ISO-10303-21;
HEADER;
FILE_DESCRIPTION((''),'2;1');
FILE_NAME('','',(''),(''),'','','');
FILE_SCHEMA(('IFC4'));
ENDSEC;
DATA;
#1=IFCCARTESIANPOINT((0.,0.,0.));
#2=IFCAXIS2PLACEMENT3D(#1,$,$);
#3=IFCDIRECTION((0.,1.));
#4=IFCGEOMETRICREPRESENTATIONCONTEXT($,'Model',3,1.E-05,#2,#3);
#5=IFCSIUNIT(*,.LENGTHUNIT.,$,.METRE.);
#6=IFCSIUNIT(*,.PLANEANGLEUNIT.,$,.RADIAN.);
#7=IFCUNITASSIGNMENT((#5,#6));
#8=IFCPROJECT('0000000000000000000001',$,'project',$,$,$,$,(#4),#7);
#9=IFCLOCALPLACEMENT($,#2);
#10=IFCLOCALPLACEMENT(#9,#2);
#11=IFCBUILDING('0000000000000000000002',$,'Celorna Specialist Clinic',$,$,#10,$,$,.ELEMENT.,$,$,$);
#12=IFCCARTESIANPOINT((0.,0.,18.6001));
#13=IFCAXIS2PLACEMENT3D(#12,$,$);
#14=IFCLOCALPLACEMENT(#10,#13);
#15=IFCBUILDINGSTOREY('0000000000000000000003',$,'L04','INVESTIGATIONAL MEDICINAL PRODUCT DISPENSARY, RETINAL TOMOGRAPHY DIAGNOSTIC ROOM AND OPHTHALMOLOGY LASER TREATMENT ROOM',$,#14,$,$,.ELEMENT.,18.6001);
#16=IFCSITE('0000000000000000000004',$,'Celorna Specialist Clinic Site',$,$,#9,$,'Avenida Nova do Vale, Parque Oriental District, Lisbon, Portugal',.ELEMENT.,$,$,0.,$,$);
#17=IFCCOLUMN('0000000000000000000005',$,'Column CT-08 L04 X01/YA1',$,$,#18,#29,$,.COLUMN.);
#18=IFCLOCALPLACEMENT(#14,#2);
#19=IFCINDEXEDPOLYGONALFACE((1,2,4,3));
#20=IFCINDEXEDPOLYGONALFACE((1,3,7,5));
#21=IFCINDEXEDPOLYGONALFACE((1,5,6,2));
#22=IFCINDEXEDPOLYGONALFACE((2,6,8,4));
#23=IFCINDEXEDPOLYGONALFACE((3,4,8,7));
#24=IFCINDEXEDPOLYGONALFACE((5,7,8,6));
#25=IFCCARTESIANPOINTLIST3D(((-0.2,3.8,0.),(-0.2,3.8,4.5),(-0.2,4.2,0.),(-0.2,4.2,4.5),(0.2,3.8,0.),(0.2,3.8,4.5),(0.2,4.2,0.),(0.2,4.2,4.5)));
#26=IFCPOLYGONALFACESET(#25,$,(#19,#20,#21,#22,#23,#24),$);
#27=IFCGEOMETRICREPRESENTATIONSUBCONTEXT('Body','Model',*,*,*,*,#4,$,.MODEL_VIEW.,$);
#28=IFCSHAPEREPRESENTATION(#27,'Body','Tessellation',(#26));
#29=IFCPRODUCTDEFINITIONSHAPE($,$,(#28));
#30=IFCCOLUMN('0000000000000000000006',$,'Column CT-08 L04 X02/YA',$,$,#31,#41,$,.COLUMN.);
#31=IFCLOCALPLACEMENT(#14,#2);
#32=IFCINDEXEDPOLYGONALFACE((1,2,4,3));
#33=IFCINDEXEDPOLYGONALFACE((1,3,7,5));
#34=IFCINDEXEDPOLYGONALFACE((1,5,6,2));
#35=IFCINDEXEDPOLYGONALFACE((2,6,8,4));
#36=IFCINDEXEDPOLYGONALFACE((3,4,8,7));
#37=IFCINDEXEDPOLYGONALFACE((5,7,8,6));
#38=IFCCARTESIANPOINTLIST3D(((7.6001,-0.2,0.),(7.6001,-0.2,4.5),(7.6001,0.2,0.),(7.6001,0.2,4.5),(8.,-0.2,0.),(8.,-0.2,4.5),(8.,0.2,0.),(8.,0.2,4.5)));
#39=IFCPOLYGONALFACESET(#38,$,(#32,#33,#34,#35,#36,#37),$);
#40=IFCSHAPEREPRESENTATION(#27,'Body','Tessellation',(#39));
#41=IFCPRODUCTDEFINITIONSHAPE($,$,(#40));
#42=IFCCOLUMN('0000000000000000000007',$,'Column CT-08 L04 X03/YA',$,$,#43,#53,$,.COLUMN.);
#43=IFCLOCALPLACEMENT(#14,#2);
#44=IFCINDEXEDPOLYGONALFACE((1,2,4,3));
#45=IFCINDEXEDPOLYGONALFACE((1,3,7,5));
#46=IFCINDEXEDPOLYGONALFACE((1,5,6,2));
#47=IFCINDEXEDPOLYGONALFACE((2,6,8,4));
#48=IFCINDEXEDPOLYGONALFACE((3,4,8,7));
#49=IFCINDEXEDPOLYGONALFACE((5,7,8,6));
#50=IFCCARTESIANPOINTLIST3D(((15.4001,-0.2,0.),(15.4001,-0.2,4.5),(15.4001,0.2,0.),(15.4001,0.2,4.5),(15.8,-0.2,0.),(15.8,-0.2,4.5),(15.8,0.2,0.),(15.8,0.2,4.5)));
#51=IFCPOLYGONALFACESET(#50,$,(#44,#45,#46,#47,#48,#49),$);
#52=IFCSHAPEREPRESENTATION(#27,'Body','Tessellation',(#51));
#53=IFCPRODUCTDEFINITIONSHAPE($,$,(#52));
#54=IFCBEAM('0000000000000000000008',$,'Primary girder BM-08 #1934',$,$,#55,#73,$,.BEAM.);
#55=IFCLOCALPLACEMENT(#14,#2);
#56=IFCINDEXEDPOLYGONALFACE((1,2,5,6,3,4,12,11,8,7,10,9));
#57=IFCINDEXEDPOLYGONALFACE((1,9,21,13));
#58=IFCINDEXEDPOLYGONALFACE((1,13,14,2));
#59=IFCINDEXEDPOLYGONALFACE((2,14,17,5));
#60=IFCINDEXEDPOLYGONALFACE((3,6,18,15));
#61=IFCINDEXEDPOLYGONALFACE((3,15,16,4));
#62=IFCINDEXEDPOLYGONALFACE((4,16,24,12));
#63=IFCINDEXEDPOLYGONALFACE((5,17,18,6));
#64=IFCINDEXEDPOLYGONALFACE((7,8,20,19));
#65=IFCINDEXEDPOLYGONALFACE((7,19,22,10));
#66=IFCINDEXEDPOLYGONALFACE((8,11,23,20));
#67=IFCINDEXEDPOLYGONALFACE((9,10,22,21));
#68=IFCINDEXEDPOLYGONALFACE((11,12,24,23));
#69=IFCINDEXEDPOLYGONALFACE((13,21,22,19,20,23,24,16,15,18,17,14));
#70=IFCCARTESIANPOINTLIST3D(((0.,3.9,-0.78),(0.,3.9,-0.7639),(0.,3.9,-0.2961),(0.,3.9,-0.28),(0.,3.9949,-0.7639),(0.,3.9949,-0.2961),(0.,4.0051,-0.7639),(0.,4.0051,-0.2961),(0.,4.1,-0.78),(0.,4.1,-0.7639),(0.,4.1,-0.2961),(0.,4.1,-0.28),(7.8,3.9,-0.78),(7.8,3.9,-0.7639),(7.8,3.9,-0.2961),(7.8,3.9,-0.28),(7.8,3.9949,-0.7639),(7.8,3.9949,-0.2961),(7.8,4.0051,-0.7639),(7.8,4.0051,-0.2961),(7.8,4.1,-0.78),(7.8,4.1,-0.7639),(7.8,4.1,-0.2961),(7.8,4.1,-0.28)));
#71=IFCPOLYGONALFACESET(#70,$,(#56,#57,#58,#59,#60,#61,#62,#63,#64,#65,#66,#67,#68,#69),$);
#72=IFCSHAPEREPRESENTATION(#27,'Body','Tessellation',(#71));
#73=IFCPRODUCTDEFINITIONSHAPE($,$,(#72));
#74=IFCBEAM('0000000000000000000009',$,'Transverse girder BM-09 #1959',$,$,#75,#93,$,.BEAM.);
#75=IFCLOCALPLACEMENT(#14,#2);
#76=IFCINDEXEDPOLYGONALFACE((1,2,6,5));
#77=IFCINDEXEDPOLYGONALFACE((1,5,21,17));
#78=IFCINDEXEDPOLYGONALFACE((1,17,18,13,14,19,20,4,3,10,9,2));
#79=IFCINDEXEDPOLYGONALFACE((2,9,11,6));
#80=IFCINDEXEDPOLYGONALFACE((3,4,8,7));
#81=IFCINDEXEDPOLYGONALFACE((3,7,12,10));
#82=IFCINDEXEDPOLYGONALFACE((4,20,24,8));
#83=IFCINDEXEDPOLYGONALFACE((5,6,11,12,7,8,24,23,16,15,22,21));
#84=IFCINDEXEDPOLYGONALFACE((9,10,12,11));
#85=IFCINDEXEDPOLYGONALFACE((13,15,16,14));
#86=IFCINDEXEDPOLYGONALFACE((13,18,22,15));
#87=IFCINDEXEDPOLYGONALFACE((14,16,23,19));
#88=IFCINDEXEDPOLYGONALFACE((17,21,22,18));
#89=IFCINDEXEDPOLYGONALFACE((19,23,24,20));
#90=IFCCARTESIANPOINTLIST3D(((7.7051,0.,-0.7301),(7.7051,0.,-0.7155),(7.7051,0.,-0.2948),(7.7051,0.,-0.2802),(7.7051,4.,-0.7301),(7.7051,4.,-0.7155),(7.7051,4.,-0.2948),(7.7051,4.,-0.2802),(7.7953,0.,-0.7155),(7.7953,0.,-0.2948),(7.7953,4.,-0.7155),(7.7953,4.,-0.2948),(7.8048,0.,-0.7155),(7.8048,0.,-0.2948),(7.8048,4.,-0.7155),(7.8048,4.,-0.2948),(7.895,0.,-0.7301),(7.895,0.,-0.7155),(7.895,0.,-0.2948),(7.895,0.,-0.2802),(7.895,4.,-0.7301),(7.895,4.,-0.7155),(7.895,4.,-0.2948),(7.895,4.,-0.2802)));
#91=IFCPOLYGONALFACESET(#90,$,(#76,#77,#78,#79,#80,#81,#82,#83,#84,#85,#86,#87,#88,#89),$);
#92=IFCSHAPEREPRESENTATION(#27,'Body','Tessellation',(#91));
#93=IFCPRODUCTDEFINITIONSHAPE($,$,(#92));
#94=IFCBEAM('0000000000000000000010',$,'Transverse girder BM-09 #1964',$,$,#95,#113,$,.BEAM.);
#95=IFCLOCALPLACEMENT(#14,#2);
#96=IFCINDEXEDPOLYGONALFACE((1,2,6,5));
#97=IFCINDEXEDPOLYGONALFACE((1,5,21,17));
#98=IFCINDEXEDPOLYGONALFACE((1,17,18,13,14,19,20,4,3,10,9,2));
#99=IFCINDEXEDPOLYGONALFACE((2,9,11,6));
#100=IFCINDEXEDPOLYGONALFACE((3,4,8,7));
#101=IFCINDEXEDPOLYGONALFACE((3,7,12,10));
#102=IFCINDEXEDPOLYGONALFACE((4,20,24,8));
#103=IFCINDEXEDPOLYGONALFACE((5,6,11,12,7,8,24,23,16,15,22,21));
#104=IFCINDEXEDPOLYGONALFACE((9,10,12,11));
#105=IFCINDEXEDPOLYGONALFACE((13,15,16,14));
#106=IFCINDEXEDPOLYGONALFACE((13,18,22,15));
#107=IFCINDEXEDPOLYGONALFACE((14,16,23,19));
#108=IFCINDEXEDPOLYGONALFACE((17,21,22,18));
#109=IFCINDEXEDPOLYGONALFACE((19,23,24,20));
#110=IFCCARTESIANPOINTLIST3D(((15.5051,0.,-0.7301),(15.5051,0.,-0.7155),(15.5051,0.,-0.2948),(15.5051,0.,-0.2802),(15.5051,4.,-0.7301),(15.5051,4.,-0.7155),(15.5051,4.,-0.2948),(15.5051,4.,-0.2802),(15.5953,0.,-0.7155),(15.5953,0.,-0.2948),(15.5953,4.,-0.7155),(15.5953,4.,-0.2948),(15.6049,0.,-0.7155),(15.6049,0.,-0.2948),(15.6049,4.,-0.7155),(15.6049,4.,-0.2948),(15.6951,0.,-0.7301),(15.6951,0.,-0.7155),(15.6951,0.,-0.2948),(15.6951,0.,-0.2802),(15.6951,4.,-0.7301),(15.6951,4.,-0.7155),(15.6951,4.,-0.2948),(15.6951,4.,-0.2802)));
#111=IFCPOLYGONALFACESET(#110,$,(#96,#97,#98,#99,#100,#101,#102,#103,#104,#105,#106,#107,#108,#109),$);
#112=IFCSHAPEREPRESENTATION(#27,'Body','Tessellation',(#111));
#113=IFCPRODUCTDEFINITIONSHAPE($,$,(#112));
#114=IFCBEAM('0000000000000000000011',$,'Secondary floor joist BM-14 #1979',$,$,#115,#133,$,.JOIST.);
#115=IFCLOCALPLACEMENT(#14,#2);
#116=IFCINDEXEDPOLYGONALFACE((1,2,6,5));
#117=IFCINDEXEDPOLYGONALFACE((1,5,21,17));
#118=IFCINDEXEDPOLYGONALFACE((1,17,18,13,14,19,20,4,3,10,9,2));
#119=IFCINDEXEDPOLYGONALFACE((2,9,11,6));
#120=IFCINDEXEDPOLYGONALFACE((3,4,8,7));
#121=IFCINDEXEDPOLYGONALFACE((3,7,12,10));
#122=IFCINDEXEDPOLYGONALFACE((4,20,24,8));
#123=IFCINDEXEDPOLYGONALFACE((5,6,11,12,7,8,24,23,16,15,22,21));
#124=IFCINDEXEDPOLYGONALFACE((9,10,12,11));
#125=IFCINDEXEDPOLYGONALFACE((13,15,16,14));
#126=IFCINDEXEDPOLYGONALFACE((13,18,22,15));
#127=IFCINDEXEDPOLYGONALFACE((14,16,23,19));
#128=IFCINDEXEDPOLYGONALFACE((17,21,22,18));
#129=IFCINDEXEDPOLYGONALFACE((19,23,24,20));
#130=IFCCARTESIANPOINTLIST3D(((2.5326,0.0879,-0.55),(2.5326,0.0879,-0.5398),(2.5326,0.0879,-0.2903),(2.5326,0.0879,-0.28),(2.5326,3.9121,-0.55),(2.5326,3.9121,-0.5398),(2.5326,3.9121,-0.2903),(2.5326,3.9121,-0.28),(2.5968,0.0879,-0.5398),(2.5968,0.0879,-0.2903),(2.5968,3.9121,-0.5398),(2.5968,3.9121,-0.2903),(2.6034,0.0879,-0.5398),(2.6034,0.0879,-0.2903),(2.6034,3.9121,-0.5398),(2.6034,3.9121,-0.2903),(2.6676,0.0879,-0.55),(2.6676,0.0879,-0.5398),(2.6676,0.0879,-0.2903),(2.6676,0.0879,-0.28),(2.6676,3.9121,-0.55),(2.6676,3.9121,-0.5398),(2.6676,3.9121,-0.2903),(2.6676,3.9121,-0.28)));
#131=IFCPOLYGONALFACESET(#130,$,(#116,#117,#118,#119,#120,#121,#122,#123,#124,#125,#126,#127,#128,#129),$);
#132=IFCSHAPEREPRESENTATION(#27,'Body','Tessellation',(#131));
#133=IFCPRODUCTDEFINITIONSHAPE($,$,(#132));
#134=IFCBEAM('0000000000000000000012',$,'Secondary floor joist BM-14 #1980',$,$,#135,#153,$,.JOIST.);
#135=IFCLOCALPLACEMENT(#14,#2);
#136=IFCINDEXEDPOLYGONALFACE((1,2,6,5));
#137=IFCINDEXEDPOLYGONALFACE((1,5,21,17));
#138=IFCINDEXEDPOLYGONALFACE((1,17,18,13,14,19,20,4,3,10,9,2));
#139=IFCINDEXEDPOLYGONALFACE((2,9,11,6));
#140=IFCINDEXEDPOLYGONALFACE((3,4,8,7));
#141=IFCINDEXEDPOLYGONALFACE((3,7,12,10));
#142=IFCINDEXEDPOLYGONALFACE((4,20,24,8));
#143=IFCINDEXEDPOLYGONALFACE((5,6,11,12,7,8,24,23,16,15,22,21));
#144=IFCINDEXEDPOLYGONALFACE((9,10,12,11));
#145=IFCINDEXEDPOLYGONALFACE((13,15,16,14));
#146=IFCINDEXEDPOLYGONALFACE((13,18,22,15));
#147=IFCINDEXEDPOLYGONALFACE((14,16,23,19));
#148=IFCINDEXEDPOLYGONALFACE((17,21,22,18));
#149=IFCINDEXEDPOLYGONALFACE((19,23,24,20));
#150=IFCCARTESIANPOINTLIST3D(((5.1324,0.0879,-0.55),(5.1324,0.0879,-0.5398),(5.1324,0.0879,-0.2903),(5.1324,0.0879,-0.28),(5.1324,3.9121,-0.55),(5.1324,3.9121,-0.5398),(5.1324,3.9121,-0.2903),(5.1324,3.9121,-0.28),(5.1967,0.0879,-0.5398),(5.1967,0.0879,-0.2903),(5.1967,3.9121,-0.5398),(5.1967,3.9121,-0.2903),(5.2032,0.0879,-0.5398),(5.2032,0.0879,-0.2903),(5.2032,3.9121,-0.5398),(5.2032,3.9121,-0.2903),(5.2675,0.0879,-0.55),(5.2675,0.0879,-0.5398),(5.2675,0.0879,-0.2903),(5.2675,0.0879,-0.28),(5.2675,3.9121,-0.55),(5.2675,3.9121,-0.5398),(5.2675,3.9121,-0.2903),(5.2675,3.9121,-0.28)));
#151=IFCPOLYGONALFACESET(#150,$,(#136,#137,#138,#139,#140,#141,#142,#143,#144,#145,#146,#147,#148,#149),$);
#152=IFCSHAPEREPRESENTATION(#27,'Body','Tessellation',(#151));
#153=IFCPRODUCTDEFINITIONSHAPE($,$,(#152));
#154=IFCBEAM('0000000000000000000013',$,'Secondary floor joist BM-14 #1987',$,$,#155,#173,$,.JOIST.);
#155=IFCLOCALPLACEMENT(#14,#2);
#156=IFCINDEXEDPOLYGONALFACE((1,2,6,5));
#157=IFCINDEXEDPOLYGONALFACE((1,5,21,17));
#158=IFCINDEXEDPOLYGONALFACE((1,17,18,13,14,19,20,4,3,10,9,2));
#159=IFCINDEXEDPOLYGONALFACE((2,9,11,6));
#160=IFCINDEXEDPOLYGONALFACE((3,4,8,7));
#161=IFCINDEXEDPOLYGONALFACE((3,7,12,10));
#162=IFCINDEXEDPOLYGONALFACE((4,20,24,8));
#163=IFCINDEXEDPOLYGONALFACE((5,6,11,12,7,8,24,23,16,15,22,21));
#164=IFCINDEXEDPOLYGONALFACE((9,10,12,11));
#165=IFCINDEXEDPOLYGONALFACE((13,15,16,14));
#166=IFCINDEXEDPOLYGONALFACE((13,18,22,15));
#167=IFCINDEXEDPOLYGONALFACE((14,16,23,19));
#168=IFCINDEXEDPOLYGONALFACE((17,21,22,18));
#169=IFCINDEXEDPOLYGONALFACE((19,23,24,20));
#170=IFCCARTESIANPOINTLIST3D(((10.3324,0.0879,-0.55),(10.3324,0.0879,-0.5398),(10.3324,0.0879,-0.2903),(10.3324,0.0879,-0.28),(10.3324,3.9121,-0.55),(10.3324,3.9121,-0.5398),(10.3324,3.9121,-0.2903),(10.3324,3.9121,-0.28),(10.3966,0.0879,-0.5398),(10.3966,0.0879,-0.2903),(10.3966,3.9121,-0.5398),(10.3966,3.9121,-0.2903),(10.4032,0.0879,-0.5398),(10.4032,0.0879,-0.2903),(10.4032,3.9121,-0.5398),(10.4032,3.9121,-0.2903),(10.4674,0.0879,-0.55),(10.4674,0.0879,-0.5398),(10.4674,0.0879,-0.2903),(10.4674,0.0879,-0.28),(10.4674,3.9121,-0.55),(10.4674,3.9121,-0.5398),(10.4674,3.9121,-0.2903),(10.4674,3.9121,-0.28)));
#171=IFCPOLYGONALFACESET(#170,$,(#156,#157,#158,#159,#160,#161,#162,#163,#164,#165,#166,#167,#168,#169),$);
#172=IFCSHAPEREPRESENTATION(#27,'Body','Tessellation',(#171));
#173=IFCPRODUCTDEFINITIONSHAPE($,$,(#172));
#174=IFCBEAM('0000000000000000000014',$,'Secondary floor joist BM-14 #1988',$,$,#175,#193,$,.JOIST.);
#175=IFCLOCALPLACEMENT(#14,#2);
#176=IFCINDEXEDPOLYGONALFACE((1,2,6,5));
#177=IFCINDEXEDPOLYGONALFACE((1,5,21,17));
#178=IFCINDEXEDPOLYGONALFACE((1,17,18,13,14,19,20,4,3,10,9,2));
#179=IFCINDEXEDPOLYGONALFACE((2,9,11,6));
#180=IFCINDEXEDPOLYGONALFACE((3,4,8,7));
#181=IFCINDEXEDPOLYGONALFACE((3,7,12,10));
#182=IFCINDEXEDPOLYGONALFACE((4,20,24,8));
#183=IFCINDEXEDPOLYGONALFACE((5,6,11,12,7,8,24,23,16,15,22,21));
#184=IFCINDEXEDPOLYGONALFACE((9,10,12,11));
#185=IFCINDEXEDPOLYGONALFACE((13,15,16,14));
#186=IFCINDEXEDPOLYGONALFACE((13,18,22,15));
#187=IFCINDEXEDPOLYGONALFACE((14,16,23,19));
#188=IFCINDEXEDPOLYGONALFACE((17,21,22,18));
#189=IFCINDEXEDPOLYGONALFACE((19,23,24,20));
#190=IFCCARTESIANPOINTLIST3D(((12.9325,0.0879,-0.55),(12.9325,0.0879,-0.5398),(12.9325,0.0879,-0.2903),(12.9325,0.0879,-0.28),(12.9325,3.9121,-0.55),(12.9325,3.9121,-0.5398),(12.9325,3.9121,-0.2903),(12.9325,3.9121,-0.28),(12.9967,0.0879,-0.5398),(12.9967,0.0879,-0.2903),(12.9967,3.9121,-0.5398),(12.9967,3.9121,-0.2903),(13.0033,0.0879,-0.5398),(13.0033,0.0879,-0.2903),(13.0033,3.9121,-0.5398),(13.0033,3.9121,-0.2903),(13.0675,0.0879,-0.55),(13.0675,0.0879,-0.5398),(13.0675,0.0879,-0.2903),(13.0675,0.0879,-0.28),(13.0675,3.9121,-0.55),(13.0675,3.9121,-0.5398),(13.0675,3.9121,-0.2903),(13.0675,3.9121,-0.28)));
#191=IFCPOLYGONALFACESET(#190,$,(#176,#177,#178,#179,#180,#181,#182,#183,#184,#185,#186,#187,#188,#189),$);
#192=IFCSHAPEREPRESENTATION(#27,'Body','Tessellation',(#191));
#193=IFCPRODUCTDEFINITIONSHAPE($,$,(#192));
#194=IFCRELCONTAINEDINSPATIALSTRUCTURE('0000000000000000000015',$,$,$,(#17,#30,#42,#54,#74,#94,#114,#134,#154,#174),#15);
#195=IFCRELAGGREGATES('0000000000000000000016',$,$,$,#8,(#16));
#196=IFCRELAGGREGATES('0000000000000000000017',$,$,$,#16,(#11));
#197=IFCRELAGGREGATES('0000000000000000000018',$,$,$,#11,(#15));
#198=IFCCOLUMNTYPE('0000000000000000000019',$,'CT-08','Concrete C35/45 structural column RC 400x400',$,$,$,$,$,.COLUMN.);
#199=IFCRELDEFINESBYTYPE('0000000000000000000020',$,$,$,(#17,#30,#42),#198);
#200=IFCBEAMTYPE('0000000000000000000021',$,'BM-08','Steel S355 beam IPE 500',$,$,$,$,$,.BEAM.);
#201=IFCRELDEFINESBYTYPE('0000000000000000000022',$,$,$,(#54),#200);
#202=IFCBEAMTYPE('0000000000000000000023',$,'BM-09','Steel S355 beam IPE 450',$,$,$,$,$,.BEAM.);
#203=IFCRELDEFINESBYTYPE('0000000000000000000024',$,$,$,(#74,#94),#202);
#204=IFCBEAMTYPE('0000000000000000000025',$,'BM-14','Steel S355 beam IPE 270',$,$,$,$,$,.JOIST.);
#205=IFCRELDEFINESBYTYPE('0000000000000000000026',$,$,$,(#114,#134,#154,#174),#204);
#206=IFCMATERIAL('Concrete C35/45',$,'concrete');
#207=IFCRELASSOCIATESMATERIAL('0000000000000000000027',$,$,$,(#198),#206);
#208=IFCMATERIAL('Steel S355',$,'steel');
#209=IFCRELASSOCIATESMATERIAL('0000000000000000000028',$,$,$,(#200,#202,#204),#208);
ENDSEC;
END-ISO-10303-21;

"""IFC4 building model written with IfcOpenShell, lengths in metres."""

from ifc_helpers import new_model, si_unit, direction, frame, origin, origin_2d, place, context, subcontext, project, spatial, rectangle, i_section, extrude, material, material_profile, profile_set, type_object, element, save


model = new_model("IFC4")

# Units and contexts
model_context = context("Model", 3, precision=1e-05, world=origin(), true_north=direction((0.0, 1.0)))
body_context = subcontext(model_context, "Body", "Model", "MODEL_VIEW")
ifc_project = project(units=[si_unit("LENGTHUNIT", "METRE"), si_unit("PLANEANGLEUNIT", "RADIAN")], contexts=[model_context])

# Site, building, storey
site_placement = place(None, origin())
site = spatial("IfcSite", under=ifc_project, at=site_placement, Name="Celorna Specialist Clinic Site", LongName="Avenida Nova do Vale, Parque Oriental District, Lisbon, Portugal", CompositionType="ELEMENT", RefElevation=0.0)
building_placement = place(site_placement, origin())
building = spatial("IfcBuilding", under=site, at=building_placement, Name="Celorna Specialist Clinic", CompositionType="ELEMENT")
storey_placement = place(building_placement, frame((0.0, 0.0, 18.6001)))
storey = spatial("IfcBuildingStorey", under=building, at=storey_placement, Name="L04", Description="INVESTIGATIONAL MEDICINAL PRODUCT DISPENSARY, RETINAL TOMOGRAPHY DIAGNOSTIC ROOM AND OPHTHALMOLOGY LASER TREATMENT ROOM", CompositionType="ELEMENT", Elevation=18.6001)

# Columns
ifc_material_1 = material(Name="Concrete C35/45", Category="concrete")
ifc_material_profile_1 = material_profile(ifc_material_1, rectangle(XDim=0.3999, YDim=0.3999, at=origin_2d()), Name="RC 400x400")
ifc_profile_set_1 = profile_set([ifc_material_profile_1], Name="Concrete C35/45")
column_type = type_object("IfcColumnType", Name="CT-08", Description="Concrete C35/45 structural column RC 400x400", PredefinedType="COLUMN", material=ifc_profile_set_1)
for number, where, z_axis, x_axis, name in (
    (1, (0.0, 4.0, 0.0), (0.0, 0.0, 1.0), (1.0, 0.0, 0.0), "Column CT-08 L04 X01/YA1"),
    (2, (7.8, 0.0, 0.0), (0.0, 0.0, 1.0), (1.0, 0.0, 0.0), "Column CT-08 L04 X02/YA"),
    (3, (15.6001, 0.0, 0.0), (0.0, 0.0, 1.0), (1.0, 0.0, 0.0), "Column CT-08 L04 X03/YA"),
):
    element("IfcColumn", number, at=place(storey_placement, frame(where, z_axis=z_axis, x_axis=x_axis)), inside=storey, type_object=column_type, Name=name, PredefinedType="COLUMN", context=body_context, shape_type="SweptSolid", body=[
        extrude(rectangle(XDim=0.3999, YDim=0.3999, at=origin_2d()), origin(), (0.0, 0.0, 1.0), 4.5),
    ])

# Beams
ifc_material_2 = material(Name="Steel S355", Category="steel")
ifc_material_profile_2 = material_profile(ifc_material_2, i_section(OverallWidth=0.2, OverallDepth=0.5, WebThickness=0.0103, FlangeThickness=0.0161, at=origin_2d()), Name="IPE 500")
ifc_profile_set_2 = profile_set([ifc_material_profile_2], Name="Steel S355")
beam_type_1 = type_object("IfcBeamType", Name="BM-08", Description="Steel S355 beam IPE 500", PredefinedType="BEAM", material=ifc_profile_set_2)
beam_1_placement = place(storey_placement, frame((0.0, 4.0, -0.53), z_axis=(1.0, 0.0, 0.0), x_axis=(0.0, 1.0, 0.0)))
element("IfcBeam", 4, at=beam_1_placement, inside=storey, type_object=beam_type_1, Name="Primary girder BM-08 #1934", PredefinedType="BEAM", context=body_context, shape_type="SweptSolid", body=[
    extrude(i_section(OverallWidth=0.2, OverallDepth=0.5, WebThickness=0.0103, FlangeThickness=0.0161, at=origin_2d()), origin(), (0.0, 0.0, 1.0), 7.8),
])
ifc_material_profile_3 = material_profile(ifc_material_2, i_section(OverallWidth=0.1899, OverallDepth=0.45, WebThickness=0.0095, FlangeThickness=0.0146, at=origin_2d()), Name="IPE 450")
ifc_profile_set_3 = profile_set([ifc_material_profile_3], Name="Steel S355")
beam_type_2 = type_object("IfcBeamType", Name="BM-09", Description="Steel S355 beam IPE 450", PredefinedType="BEAM", material=ifc_profile_set_3)
for number, where, z_axis, x_axis, name in (
    (5, (7.8, 0.0, -0.5051), (0.0, 1.0, 0.0), (-1.0, 0.0, 0.0), "Transverse girder BM-09 #1959"),
    (6, (15.6001, 0.0, -0.5051), (0.0, 1.0, 0.0), (-1.0, 0.0, 0.0), "Transverse girder BM-09 #1964"),
):
    element("IfcBeam", number, at=place(storey_placement, frame(where, z_axis=z_axis, x_axis=x_axis)), inside=storey, type_object=beam_type_2, Name=name, PredefinedType="BEAM", context=body_context, shape_type="SweptSolid", body=[
        extrude(i_section(OverallWidth=0.1899, OverallDepth=0.45, WebThickness=0.0095, FlangeThickness=0.0146, at=origin_2d()), origin(), (0.0, 0.0, 1.0), 4.0),
    ])
ifc_material_profile_4 = material_profile(ifc_material_2, i_section(OverallWidth=0.135, OverallDepth=0.27, WebThickness=0.0066, FlangeThickness=0.0103, at=origin_2d()), Name="IPE 270")
ifc_profile_set_4 = profile_set([ifc_material_profile_4], Name="Steel S355")
beam_type_3 = type_object("IfcBeamType", Name="BM-14", Description="Steel S355 beam IPE 270", PredefinedType="JOIST", material=ifc_profile_set_4)
for number, where, z_axis, x_axis, name in (
    (7, (2.6001, 0.0879, -0.415), (0.0, 1.0, 0.0), (-1.0, 0.0, 0.0), "Secondary floor joist BM-14 #1979"),
    (8, (5.2, 0.0879, -0.415), (0.0, 1.0, 0.0), (-1.0, 0.0, 0.0), "Secondary floor joist BM-14 #1980"),
    (9, (10.3999, 0.0879, -0.415), (0.0, 1.0, 0.0), (-1.0, 0.0, 0.0), "Secondary floor joist BM-14 #1987"),
    (10, (13.0, 0.0879, -0.415), (0.0, 1.0, 0.0), (-1.0, 0.0, 0.0), "Secondary floor joist BM-14 #1988"),
):
    element("IfcBeam", number, at=place(storey_placement, frame(where, z_axis=z_axis, x_axis=x_axis)), inside=storey, type_object=beam_type_3, Name=name, PredefinedType="JOIST", context=body_context, shape_type="SweptSolid", body=[
        extrude(i_section(OverallWidth=0.135, OverallDepth=0.27, WebThickness=0.0066, FlangeThickness=0.0103, at=origin_2d()), origin(), (0.0, 0.0, 1.0), 3.8242),
    ])

save(model, "model.ifc")
